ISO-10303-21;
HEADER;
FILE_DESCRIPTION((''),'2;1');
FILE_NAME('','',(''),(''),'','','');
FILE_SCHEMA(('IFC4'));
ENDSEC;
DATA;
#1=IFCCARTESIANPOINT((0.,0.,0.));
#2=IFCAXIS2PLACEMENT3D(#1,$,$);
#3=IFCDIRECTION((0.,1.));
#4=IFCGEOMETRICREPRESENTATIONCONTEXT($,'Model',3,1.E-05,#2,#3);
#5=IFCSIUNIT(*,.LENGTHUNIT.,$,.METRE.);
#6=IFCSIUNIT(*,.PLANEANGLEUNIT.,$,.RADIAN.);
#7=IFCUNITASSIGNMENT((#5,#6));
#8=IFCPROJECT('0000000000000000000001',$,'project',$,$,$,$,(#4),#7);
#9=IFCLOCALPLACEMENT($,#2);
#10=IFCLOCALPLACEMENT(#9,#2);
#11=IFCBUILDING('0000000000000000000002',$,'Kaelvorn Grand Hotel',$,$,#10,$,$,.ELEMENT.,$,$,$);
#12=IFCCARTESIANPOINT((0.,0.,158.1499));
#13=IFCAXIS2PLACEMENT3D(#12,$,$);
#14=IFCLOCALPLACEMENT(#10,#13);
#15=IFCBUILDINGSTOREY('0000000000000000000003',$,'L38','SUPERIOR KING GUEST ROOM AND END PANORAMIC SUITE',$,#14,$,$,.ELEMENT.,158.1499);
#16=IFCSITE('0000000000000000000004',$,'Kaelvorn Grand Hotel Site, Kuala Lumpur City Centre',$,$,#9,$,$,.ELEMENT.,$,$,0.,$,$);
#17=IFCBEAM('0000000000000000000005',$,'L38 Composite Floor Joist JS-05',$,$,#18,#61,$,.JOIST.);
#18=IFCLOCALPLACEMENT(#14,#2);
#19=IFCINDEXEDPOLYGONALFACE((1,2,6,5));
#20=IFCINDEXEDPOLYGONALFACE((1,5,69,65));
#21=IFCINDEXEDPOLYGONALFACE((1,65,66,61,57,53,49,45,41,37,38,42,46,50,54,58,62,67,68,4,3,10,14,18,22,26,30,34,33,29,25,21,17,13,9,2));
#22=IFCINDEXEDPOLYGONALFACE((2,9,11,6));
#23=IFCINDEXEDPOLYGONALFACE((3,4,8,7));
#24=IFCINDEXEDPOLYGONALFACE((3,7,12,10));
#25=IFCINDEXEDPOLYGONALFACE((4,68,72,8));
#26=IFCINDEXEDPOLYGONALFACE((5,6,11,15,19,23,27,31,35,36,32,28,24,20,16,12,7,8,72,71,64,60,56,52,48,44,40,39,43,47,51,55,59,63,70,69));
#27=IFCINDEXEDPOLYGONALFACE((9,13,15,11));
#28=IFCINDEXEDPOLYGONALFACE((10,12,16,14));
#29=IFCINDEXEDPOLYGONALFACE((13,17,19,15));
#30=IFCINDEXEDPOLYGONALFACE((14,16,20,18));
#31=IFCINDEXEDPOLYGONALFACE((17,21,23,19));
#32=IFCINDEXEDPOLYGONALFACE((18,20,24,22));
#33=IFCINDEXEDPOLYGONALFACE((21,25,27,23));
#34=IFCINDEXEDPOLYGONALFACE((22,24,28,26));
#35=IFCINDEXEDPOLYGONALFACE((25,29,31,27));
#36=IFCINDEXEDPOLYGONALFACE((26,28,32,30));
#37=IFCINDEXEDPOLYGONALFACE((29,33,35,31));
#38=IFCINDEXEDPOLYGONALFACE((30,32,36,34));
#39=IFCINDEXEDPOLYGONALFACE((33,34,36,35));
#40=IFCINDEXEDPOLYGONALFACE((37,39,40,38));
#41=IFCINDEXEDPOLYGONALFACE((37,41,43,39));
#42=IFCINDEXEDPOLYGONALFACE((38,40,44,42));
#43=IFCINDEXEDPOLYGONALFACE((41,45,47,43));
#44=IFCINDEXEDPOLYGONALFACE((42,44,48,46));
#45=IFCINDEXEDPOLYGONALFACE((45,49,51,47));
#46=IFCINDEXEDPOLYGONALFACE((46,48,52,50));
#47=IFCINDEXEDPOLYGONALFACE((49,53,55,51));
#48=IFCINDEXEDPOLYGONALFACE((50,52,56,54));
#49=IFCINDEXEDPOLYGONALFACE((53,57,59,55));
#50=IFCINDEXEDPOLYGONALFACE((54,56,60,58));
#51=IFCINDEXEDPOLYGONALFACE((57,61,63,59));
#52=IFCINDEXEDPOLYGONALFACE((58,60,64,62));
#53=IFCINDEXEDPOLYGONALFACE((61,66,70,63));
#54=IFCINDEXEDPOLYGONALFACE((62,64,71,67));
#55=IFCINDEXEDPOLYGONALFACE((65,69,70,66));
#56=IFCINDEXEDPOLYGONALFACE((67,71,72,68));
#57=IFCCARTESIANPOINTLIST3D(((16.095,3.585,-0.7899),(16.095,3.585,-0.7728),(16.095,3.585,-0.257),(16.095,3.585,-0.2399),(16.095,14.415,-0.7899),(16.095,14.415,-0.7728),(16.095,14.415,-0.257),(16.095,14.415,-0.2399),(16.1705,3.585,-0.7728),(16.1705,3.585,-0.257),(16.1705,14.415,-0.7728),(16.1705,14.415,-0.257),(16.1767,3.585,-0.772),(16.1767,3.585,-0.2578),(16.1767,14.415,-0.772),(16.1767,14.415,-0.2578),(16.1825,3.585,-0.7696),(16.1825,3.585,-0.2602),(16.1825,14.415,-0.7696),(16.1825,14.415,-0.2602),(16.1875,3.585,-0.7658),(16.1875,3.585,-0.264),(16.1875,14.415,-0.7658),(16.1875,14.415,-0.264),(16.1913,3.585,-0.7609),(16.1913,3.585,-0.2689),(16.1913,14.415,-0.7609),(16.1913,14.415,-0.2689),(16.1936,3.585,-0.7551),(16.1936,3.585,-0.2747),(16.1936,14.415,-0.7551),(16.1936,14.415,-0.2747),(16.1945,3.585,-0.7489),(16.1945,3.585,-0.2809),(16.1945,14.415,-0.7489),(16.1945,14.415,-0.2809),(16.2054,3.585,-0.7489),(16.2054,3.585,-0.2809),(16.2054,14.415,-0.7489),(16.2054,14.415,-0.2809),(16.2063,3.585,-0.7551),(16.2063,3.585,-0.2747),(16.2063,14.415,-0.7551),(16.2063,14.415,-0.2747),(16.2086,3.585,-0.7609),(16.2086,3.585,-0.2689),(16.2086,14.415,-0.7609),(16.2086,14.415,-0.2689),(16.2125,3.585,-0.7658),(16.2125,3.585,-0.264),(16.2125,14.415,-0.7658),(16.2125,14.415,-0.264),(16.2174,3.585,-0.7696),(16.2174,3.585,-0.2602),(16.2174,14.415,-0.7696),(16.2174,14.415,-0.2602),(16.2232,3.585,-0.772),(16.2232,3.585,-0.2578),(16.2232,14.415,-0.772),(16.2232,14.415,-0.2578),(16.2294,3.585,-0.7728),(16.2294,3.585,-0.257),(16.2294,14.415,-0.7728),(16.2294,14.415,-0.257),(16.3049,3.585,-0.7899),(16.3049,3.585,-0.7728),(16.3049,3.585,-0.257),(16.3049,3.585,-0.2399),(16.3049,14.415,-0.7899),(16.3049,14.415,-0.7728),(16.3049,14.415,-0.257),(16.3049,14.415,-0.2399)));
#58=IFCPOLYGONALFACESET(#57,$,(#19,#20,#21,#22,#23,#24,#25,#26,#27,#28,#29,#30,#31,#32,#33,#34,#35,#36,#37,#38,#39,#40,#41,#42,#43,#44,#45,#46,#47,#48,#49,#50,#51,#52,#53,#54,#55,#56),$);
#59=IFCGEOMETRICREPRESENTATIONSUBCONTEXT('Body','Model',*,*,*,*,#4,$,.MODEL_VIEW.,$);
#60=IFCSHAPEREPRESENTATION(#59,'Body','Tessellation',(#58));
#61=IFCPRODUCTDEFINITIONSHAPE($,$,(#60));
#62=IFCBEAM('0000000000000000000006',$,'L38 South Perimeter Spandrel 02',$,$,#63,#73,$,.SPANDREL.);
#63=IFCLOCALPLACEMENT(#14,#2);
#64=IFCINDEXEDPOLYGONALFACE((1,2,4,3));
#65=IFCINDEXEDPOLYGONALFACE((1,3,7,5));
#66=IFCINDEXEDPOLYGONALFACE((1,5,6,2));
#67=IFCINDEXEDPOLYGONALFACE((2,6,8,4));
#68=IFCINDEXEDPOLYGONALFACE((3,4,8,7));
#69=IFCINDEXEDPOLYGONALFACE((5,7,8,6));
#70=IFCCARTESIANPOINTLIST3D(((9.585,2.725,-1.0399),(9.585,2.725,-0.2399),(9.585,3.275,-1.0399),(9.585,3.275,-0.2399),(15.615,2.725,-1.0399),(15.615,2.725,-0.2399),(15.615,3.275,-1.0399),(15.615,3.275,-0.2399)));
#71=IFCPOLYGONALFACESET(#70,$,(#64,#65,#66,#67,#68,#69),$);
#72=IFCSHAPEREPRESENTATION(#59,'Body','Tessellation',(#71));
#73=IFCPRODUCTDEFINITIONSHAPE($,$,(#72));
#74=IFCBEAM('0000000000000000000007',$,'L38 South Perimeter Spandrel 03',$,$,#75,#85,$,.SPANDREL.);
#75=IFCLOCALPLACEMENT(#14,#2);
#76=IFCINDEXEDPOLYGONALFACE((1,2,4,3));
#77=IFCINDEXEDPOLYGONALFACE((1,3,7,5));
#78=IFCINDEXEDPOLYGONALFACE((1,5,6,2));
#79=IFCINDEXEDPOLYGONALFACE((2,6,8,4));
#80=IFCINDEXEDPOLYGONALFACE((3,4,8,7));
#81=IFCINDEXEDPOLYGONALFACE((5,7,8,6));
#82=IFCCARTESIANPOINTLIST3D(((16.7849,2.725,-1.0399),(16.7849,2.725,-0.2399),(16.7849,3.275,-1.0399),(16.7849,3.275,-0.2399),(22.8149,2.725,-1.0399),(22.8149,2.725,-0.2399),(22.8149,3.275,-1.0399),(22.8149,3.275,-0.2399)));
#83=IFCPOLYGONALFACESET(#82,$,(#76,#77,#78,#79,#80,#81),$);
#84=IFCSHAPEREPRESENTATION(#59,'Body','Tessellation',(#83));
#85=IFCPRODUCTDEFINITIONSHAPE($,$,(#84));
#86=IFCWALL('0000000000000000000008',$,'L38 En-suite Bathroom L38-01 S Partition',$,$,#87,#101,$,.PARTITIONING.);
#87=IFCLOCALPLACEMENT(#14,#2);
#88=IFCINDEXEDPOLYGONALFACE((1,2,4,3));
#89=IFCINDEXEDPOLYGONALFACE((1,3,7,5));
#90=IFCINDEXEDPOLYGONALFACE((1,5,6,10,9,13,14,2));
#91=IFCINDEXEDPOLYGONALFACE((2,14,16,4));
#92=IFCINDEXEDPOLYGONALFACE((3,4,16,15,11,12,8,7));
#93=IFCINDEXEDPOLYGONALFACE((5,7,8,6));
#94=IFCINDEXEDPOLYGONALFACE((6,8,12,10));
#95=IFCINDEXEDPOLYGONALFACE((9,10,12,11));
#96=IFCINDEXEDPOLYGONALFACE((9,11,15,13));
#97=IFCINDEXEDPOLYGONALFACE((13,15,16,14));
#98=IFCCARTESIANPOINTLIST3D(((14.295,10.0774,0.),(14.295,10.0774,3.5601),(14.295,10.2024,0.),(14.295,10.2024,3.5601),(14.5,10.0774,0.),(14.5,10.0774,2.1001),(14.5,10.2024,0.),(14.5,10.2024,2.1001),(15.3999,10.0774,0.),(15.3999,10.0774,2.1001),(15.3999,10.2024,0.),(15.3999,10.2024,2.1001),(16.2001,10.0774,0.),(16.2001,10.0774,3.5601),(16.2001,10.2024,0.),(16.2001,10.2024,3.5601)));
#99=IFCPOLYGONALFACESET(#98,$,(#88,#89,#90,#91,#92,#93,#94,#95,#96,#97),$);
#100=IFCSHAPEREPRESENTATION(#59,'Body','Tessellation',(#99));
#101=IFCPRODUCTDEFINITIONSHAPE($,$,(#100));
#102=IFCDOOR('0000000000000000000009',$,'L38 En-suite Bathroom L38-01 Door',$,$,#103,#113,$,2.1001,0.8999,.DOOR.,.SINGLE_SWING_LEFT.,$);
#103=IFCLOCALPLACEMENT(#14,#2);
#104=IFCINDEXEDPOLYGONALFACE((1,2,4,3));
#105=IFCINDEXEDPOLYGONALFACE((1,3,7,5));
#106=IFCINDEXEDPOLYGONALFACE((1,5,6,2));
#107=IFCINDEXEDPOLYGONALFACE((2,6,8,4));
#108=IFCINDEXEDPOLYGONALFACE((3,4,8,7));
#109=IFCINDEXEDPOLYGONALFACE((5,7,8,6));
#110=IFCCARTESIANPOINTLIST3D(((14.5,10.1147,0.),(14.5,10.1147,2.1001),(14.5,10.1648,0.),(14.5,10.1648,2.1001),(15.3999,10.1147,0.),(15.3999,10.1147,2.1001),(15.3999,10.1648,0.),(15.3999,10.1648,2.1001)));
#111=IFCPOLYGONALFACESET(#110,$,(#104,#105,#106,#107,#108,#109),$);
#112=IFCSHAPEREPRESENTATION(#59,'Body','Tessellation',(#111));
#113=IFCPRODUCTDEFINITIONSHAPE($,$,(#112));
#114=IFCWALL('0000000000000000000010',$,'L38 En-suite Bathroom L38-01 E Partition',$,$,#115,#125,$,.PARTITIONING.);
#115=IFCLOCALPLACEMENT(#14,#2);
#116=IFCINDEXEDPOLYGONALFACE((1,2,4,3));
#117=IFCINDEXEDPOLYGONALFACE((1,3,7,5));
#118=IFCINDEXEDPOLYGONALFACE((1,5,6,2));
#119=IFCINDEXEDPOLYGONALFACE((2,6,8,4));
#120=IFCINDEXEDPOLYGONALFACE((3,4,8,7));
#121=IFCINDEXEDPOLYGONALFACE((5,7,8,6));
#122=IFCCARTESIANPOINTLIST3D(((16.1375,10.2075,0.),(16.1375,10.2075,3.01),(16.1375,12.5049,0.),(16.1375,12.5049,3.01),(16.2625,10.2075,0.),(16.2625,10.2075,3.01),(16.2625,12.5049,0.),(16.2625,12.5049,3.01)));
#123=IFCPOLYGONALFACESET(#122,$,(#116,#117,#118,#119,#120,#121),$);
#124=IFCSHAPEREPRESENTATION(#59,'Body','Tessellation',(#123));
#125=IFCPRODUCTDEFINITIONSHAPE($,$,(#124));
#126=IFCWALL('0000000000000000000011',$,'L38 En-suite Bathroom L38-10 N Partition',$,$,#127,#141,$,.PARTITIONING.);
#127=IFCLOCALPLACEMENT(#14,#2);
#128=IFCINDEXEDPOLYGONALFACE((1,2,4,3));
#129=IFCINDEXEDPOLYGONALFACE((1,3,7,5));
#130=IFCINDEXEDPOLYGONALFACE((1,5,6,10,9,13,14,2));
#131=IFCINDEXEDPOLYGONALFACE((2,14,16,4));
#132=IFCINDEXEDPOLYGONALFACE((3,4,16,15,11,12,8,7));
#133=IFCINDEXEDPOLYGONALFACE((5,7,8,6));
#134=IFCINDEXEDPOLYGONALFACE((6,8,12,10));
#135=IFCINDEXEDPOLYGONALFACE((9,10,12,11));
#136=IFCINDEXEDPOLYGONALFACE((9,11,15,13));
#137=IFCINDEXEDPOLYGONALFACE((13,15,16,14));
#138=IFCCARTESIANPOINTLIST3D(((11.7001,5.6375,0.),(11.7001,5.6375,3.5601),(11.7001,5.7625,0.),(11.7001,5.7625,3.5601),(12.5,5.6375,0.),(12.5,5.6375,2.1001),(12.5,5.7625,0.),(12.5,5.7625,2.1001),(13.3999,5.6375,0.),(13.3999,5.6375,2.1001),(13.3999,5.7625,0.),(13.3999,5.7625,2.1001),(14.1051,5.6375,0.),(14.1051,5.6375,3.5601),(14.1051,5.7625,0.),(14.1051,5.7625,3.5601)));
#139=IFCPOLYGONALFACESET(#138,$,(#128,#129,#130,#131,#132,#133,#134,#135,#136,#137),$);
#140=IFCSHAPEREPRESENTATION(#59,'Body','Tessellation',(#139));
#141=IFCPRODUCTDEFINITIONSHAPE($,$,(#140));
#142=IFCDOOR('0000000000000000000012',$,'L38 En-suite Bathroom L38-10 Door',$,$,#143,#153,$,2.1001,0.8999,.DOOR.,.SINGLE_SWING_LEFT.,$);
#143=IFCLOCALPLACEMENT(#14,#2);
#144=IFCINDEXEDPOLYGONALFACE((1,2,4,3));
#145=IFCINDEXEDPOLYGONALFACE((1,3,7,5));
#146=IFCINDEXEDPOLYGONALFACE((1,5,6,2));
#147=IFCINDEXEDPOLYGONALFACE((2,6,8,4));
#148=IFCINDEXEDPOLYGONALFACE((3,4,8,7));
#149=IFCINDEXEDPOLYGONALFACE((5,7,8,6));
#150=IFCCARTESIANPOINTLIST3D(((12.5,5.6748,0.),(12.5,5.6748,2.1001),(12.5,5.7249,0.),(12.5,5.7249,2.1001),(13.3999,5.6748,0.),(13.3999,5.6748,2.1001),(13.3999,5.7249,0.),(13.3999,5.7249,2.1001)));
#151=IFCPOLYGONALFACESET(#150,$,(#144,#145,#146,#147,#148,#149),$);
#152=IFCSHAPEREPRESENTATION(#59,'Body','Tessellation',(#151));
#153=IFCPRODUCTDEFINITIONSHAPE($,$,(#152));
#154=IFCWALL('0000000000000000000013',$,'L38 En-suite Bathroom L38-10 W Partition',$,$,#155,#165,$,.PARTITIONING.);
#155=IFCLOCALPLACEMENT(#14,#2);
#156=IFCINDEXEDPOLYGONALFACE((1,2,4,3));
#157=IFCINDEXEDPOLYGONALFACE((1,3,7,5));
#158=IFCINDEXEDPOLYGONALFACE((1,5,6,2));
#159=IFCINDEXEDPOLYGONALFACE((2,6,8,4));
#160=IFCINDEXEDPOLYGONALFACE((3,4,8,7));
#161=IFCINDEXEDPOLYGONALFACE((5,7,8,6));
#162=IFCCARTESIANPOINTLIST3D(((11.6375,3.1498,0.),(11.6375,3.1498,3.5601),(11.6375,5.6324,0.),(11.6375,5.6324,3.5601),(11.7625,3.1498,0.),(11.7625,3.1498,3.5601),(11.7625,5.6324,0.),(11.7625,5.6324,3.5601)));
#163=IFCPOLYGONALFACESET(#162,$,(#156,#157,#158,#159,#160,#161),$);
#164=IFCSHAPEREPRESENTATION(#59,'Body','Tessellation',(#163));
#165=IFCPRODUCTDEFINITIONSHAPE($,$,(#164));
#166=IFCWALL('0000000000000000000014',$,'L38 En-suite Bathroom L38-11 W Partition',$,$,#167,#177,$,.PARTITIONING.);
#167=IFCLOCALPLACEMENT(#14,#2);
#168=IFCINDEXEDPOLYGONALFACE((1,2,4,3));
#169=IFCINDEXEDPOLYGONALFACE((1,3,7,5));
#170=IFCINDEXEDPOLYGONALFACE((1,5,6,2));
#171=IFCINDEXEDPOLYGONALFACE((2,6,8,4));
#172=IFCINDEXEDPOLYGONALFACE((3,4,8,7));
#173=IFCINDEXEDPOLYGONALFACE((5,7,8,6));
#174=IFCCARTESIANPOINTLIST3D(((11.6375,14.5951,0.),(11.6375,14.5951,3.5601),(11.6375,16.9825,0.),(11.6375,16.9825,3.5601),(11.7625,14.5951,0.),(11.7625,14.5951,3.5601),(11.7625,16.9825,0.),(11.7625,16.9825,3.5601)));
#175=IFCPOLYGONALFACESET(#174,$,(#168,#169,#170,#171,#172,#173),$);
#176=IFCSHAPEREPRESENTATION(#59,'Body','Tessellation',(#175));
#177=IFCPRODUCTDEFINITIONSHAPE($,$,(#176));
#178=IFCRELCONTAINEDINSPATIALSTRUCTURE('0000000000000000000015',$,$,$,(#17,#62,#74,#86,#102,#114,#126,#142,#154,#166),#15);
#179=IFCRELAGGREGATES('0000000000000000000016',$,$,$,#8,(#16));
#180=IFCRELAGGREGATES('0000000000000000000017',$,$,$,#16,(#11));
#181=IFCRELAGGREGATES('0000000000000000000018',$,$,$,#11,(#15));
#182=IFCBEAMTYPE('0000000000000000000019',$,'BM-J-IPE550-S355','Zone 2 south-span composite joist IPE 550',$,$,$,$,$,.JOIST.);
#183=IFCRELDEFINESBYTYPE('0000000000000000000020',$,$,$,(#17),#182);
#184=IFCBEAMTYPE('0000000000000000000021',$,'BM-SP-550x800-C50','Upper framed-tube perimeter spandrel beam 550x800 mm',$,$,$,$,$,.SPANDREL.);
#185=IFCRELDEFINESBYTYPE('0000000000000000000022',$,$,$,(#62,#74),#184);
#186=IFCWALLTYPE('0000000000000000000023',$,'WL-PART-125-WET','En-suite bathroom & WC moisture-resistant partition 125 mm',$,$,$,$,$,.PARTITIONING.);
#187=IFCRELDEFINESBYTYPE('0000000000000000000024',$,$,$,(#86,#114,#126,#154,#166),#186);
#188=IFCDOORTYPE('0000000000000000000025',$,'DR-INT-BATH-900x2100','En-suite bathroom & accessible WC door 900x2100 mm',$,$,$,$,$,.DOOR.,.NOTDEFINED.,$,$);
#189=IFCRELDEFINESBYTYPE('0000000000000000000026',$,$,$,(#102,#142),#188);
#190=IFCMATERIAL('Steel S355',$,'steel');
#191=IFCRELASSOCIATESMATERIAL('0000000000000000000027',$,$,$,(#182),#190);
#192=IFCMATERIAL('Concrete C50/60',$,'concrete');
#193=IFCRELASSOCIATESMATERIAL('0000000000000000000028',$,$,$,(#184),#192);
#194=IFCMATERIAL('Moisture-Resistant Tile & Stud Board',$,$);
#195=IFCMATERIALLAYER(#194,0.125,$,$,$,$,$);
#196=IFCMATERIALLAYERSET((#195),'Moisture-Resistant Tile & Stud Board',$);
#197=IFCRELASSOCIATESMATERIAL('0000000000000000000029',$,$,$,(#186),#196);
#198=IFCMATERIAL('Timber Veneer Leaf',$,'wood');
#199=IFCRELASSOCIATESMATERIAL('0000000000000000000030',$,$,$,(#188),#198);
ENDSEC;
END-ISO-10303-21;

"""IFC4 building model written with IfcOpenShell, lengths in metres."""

from ifc_helpers import new_model, si_unit, direction, frame, frame_2d, origin, origin_2d, place, context, subcontext, project, spatial, rectangle, i_section, extrude, material, layer, layer_set, material_profile, profile_set, type_object, element, fill, save


model = new_model("IFC4")

# Units and contexts
model_context = context("Model", 3, precision=1e-05, world=origin(), true_north=direction((0.0, 1.0)))
body_context = subcontext(model_context, "Body", "Model", "MODEL_VIEW")
ifc_project = project(units=[si_unit("LENGTHUNIT", "METRE"), si_unit("PLANEANGLEUNIT", "RADIAN")], contexts=[model_context])

# Site, building, storey
site_placement = place(None, origin())
site = spatial("IfcSite", under=ifc_project, at=site_placement, Name="Kaelvorn Grand Hotel Site, Kuala Lumpur City Centre", CompositionType="ELEMENT", RefElevation=0.0)
building_placement = place(site_placement, origin())
building = spatial("IfcBuilding", under=site, at=building_placement, Name="Kaelvorn Grand Hotel", CompositionType="ELEMENT")
storey_placement = place(building_placement, frame((0.0, 0.0, 158.1499)))
storey = spatial("IfcBuildingStorey", under=building, at=storey_placement, Name="L38", Description="SUPERIOR KING GUEST ROOM AND END PANORAMIC SUITE", CompositionType="ELEMENT", Elevation=158.1499)

# Beams
ifc_material_1 = material(Name="Steel S355", Category="steel")
ifc_material_profile_1 = material_profile(ifc_material_1, i_section(OverallWidth=0.21, OverallDepth=0.55, WebThickness=0.011, FlangeThickness=0.0171, FilletRadius=0.0239, at=origin_2d()), Name="IPE 550")
ifc_profile_set_1 = profile_set([ifc_material_profile_1], Name="Steel S355")
beam_type_1 = type_object("IfcBeamType", Name="BM-J-IPE550-S355", Description="Zone 2 south-span composite joist IPE 550", PredefinedType="JOIST", material=ifc_profile_set_1)
beam_1_placement = place(storey_placement, frame((16.2, 3.585, -0.5149), z_axis=(0.0, 1.0, 0.0), x_axis=(-1.0, 0.0, 0.0)))
element("IfcBeam", 1, at=beam_1_placement, inside=storey, type_object=beam_type_1, Name="L38 Composite Floor Joist JS-05", PredefinedType="JOIST", context=body_context, shape_type="SweptSolid", body=[
    extrude(i_section(OverallWidth=0.21, OverallDepth=0.55, WebThickness=0.011, FlangeThickness=0.0171, FilletRadius=0.0239, at=origin_2d()), origin(), (0.0, 0.0, 1.0), 10.8301),
])
ifc_material_2 = material(Name="Concrete C50/60", Category="concrete")
ifc_material_profile_2 = material_profile(ifc_material_2, rectangle(XDim=0.55, YDim=0.8, at=origin_2d()), Name="RC SPANDREL 550x800")
ifc_profile_set_2 = profile_set([ifc_material_profile_2], Name="Concrete C50/60")
beam_type_2 = type_object("IfcBeamType", Name="BM-SP-550x800-C50", Description="Upper framed-tube perimeter spandrel beam 550x800 mm", PredefinedType="SPANDREL", material=ifc_profile_set_2)
for number, where, z_axis, x_axis, name in (
    (2, (9.585, 3.0, -0.6399), (1.0, 0.0, 0.0), (0.0, 1.0, 0.0), "L38 South Perimeter Spandrel 02"),
    (3, (16.7849, 3.0, -0.6399), (1.0, 0.0, 0.0), (0.0, 1.0, 0.0), "L38 South Perimeter Spandrel 03"),
):
    element("IfcBeam", number, at=place(storey_placement, frame(where, z_axis=z_axis, x_axis=x_axis)), inside=storey, type_object=beam_type_2, Name=name, PredefinedType="SPANDREL", context=body_context, shape_type="SweptSolid", body=[
        extrude(rectangle(XDim=0.55, YDim=0.8, at=origin_2d()), origin(), (0.0, 0.0, 1.0), 6.03),
    ])

# Wall, opening, door
ifc_material_3 = material(Name="Moisture-Resistant Tile & Stud Board")
ifc_layer_1 = layer(ifc_material_3, 0.125)
ifc_layer_set_1 = layer_set([ifc_layer_1], Name="Moisture-Resistant Tile & Stud Board")
wall_type_1 = type_object("IfcWallType", Name="WL-PART-125-WET", Description="En-suite bathroom & WC moisture-resistant partition 125 mm", PredefinedType="PARTITIONING", material=ifc_layer_set_1)
wall_1_placement = place(storey_placement, frame((14.2949, 10.1399, 0.0), z_axis=(0.0, 0.0, 1.0), x_axis=(1.0, 0.0, 0.0)))
wall_1 = element("IfcWall", 4, at=wall_1_placement, inside=storey, type_object=wall_type_1, Name="L38 En-suite Bathroom L38-01 S Partition", PredefinedType="PARTITIONING", context=body_context, shape_type="SweptSolid", body=[
    extrude(rectangle(XDim=1.905, YDim=0.125, at=frame_2d((0.9526, 0.0))), origin(), (0.0, 0.0, 1.0), 3.5601),
])
opening_1_placement = place(wall_1_placement, frame((0.2051, 0.0, 0.0)))
opening_1 = element("IfcOpeningElement", 5, at=opening_1_placement, cuts=wall_1, PredefinedType="OPENING", context=body_context, shape_type="SweptSolid", body=[
    extrude(rectangle(XDim=0.8999, YDim=2.1001, at=frame_2d((0.45, 1.05))), frame((0.0, 0.0725, 0.0), z_axis=(0.0, -1.0, 0.0), x_axis=(1.0, 0.0, 0.0)), (0.0, 0.0, 1.0), 0.145),
])
ifc_material_4 = material(Name="Timber Veneer Leaf", Category="wood")
door_type_1 = type_object("IfcDoorType", Name="DR-INT-BATH-900x2100", Description="En-suite bathroom & accessible WC door 900x2100 mm", OperationType="NOTDEFINED", PredefinedType="DOOR", material=ifc_material_4)
door_1_placement = place(opening_1_placement, origin())
door_1 = element("IfcDoor", 6, at=door_1_placement, inside=storey, type_object=door_type_1, Name="L38 En-suite Bathroom L38-01 Door", OperationType="SINGLE_SWING_LEFT", OverallHeight=2.1001, OverallWidth=0.8999, PredefinedType="DOOR", context=body_context, shape_type="SweptSolid", body=[
    extrude(rectangle(XDim=0.8999, YDim=2.1001, at=frame_2d((0.45, 1.05))), frame((0.0, 0.0249, 0.0), z_axis=(0.0, -1.0, 0.0), x_axis=(1.0, 0.0, 0.0)), (0.0, 0.0, 1.0), 0.05),
])
fill(opening_1, door_1)

# Wall
wall_2_placement = place(storey_placement, frame((16.2, 10.2075, 0.0), z_axis=(0.0, 0.0, 1.0), x_axis=(0.0, 1.0, 0.0)))
element("IfcWall", 7, at=wall_2_placement, inside=storey, type_object=wall_type_1, Name="L38 En-suite Bathroom L38-01 E Partition", PredefinedType="PARTITIONING", context=body_context, shape_type="SweptSolid", body=[
    extrude(rectangle(XDim=2.2974, YDim=0.125, at=frame_2d((1.1487, 0.0))), origin(), (0.0, 0.0, 1.0), 3.01),
])

# Wall, opening, door
wall_3_placement = place(storey_placement, frame((11.7, 5.7, 0.0), z_axis=(0.0, 0.0, 1.0), x_axis=(1.0, 0.0, 0.0)))
wall_3 = element("IfcWall", 8, at=wall_3_placement, inside=storey, type_object=wall_type_1, Name="L38 En-suite Bathroom L38-10 N Partition", PredefinedType="PARTITIONING", context=body_context, shape_type="SweptSolid", body=[
    extrude(rectangle(XDim=2.405, YDim=0.125, at=frame_2d((1.2026, 0.0))), origin(), (0.0, 0.0, 1.0), 3.5601),
])
opening_2_placement = place(wall_3_placement, frame((0.8, 0.0, 0.0)))
opening_2 = element("IfcOpeningElement", 9, at=opening_2_placement, cuts=wall_3, PredefinedType="OPENING", context=body_context, shape_type="SweptSolid", body=[
    extrude(rectangle(XDim=0.8999, YDim=2.1001, at=frame_2d((0.45, 1.05))), frame((0.0, 0.0725, 0.0), z_axis=(0.0, -1.0, 0.0), x_axis=(1.0, 0.0, 0.0)), (0.0, 0.0, 1.0), 0.145),
])
door_2_placement = place(opening_2_placement, origin())
door_2 = element("IfcDoor", 10, at=door_2_placement, inside=storey, type_object=door_type_1, Name="L38 En-suite Bathroom L38-10 Door", OperationType="SINGLE_SWING_LEFT", OverallHeight=2.1001, OverallWidth=0.8999, PredefinedType="DOOR", context=body_context, shape_type="SweptSolid", body=[
    extrude(rectangle(XDim=0.8999, YDim=2.1001, at=frame_2d((0.45, 1.05))), frame((0.0, 0.0249, 0.0), z_axis=(0.0, -1.0, 0.0), x_axis=(1.0, 0.0, 0.0)), (0.0, 0.0, 1.0), 0.05),
])
fill(opening_2, door_2)

# Walls
wall_4_placement = place(storey_placement, frame((11.7, 3.1499, 0.0), z_axis=(0.0, 0.0, 1.0), x_axis=(0.0, 1.0, 0.0)))
element("IfcWall", 11, at=wall_4_placement, inside=storey, type_object=wall_type_1, Name="L38 En-suite Bathroom L38-10 W Partition", PredefinedType="PARTITIONING", context=body_context, shape_type="SweptSolid", body=[
    extrude(rectangle(XDim=2.4827, YDim=0.125, at=frame_2d((1.2412, 0.0))), origin(), (0.0, 0.0, 1.0), 3.5601),
])
wall_5_placement = place(storey_placement, frame((11.7, 14.595, 0.0), z_axis=(0.0, 0.0, 1.0), x_axis=(0.0, 1.0, 0.0)))
element("IfcWall", 12, at=wall_5_placement, inside=storey, type_object=wall_type_1, Name="L38 En-suite Bathroom L38-11 W Partition", PredefinedType="PARTITIONING", context=body_context, shape_type="SweptSolid", body=[
    extrude(rectangle(XDim=2.3875, YDim=0.125, at=frame_2d((1.1938, 0.0))), origin(), (0.0, 0.0, 1.0), 3.5601),
])

save(model, "model.ifc")
